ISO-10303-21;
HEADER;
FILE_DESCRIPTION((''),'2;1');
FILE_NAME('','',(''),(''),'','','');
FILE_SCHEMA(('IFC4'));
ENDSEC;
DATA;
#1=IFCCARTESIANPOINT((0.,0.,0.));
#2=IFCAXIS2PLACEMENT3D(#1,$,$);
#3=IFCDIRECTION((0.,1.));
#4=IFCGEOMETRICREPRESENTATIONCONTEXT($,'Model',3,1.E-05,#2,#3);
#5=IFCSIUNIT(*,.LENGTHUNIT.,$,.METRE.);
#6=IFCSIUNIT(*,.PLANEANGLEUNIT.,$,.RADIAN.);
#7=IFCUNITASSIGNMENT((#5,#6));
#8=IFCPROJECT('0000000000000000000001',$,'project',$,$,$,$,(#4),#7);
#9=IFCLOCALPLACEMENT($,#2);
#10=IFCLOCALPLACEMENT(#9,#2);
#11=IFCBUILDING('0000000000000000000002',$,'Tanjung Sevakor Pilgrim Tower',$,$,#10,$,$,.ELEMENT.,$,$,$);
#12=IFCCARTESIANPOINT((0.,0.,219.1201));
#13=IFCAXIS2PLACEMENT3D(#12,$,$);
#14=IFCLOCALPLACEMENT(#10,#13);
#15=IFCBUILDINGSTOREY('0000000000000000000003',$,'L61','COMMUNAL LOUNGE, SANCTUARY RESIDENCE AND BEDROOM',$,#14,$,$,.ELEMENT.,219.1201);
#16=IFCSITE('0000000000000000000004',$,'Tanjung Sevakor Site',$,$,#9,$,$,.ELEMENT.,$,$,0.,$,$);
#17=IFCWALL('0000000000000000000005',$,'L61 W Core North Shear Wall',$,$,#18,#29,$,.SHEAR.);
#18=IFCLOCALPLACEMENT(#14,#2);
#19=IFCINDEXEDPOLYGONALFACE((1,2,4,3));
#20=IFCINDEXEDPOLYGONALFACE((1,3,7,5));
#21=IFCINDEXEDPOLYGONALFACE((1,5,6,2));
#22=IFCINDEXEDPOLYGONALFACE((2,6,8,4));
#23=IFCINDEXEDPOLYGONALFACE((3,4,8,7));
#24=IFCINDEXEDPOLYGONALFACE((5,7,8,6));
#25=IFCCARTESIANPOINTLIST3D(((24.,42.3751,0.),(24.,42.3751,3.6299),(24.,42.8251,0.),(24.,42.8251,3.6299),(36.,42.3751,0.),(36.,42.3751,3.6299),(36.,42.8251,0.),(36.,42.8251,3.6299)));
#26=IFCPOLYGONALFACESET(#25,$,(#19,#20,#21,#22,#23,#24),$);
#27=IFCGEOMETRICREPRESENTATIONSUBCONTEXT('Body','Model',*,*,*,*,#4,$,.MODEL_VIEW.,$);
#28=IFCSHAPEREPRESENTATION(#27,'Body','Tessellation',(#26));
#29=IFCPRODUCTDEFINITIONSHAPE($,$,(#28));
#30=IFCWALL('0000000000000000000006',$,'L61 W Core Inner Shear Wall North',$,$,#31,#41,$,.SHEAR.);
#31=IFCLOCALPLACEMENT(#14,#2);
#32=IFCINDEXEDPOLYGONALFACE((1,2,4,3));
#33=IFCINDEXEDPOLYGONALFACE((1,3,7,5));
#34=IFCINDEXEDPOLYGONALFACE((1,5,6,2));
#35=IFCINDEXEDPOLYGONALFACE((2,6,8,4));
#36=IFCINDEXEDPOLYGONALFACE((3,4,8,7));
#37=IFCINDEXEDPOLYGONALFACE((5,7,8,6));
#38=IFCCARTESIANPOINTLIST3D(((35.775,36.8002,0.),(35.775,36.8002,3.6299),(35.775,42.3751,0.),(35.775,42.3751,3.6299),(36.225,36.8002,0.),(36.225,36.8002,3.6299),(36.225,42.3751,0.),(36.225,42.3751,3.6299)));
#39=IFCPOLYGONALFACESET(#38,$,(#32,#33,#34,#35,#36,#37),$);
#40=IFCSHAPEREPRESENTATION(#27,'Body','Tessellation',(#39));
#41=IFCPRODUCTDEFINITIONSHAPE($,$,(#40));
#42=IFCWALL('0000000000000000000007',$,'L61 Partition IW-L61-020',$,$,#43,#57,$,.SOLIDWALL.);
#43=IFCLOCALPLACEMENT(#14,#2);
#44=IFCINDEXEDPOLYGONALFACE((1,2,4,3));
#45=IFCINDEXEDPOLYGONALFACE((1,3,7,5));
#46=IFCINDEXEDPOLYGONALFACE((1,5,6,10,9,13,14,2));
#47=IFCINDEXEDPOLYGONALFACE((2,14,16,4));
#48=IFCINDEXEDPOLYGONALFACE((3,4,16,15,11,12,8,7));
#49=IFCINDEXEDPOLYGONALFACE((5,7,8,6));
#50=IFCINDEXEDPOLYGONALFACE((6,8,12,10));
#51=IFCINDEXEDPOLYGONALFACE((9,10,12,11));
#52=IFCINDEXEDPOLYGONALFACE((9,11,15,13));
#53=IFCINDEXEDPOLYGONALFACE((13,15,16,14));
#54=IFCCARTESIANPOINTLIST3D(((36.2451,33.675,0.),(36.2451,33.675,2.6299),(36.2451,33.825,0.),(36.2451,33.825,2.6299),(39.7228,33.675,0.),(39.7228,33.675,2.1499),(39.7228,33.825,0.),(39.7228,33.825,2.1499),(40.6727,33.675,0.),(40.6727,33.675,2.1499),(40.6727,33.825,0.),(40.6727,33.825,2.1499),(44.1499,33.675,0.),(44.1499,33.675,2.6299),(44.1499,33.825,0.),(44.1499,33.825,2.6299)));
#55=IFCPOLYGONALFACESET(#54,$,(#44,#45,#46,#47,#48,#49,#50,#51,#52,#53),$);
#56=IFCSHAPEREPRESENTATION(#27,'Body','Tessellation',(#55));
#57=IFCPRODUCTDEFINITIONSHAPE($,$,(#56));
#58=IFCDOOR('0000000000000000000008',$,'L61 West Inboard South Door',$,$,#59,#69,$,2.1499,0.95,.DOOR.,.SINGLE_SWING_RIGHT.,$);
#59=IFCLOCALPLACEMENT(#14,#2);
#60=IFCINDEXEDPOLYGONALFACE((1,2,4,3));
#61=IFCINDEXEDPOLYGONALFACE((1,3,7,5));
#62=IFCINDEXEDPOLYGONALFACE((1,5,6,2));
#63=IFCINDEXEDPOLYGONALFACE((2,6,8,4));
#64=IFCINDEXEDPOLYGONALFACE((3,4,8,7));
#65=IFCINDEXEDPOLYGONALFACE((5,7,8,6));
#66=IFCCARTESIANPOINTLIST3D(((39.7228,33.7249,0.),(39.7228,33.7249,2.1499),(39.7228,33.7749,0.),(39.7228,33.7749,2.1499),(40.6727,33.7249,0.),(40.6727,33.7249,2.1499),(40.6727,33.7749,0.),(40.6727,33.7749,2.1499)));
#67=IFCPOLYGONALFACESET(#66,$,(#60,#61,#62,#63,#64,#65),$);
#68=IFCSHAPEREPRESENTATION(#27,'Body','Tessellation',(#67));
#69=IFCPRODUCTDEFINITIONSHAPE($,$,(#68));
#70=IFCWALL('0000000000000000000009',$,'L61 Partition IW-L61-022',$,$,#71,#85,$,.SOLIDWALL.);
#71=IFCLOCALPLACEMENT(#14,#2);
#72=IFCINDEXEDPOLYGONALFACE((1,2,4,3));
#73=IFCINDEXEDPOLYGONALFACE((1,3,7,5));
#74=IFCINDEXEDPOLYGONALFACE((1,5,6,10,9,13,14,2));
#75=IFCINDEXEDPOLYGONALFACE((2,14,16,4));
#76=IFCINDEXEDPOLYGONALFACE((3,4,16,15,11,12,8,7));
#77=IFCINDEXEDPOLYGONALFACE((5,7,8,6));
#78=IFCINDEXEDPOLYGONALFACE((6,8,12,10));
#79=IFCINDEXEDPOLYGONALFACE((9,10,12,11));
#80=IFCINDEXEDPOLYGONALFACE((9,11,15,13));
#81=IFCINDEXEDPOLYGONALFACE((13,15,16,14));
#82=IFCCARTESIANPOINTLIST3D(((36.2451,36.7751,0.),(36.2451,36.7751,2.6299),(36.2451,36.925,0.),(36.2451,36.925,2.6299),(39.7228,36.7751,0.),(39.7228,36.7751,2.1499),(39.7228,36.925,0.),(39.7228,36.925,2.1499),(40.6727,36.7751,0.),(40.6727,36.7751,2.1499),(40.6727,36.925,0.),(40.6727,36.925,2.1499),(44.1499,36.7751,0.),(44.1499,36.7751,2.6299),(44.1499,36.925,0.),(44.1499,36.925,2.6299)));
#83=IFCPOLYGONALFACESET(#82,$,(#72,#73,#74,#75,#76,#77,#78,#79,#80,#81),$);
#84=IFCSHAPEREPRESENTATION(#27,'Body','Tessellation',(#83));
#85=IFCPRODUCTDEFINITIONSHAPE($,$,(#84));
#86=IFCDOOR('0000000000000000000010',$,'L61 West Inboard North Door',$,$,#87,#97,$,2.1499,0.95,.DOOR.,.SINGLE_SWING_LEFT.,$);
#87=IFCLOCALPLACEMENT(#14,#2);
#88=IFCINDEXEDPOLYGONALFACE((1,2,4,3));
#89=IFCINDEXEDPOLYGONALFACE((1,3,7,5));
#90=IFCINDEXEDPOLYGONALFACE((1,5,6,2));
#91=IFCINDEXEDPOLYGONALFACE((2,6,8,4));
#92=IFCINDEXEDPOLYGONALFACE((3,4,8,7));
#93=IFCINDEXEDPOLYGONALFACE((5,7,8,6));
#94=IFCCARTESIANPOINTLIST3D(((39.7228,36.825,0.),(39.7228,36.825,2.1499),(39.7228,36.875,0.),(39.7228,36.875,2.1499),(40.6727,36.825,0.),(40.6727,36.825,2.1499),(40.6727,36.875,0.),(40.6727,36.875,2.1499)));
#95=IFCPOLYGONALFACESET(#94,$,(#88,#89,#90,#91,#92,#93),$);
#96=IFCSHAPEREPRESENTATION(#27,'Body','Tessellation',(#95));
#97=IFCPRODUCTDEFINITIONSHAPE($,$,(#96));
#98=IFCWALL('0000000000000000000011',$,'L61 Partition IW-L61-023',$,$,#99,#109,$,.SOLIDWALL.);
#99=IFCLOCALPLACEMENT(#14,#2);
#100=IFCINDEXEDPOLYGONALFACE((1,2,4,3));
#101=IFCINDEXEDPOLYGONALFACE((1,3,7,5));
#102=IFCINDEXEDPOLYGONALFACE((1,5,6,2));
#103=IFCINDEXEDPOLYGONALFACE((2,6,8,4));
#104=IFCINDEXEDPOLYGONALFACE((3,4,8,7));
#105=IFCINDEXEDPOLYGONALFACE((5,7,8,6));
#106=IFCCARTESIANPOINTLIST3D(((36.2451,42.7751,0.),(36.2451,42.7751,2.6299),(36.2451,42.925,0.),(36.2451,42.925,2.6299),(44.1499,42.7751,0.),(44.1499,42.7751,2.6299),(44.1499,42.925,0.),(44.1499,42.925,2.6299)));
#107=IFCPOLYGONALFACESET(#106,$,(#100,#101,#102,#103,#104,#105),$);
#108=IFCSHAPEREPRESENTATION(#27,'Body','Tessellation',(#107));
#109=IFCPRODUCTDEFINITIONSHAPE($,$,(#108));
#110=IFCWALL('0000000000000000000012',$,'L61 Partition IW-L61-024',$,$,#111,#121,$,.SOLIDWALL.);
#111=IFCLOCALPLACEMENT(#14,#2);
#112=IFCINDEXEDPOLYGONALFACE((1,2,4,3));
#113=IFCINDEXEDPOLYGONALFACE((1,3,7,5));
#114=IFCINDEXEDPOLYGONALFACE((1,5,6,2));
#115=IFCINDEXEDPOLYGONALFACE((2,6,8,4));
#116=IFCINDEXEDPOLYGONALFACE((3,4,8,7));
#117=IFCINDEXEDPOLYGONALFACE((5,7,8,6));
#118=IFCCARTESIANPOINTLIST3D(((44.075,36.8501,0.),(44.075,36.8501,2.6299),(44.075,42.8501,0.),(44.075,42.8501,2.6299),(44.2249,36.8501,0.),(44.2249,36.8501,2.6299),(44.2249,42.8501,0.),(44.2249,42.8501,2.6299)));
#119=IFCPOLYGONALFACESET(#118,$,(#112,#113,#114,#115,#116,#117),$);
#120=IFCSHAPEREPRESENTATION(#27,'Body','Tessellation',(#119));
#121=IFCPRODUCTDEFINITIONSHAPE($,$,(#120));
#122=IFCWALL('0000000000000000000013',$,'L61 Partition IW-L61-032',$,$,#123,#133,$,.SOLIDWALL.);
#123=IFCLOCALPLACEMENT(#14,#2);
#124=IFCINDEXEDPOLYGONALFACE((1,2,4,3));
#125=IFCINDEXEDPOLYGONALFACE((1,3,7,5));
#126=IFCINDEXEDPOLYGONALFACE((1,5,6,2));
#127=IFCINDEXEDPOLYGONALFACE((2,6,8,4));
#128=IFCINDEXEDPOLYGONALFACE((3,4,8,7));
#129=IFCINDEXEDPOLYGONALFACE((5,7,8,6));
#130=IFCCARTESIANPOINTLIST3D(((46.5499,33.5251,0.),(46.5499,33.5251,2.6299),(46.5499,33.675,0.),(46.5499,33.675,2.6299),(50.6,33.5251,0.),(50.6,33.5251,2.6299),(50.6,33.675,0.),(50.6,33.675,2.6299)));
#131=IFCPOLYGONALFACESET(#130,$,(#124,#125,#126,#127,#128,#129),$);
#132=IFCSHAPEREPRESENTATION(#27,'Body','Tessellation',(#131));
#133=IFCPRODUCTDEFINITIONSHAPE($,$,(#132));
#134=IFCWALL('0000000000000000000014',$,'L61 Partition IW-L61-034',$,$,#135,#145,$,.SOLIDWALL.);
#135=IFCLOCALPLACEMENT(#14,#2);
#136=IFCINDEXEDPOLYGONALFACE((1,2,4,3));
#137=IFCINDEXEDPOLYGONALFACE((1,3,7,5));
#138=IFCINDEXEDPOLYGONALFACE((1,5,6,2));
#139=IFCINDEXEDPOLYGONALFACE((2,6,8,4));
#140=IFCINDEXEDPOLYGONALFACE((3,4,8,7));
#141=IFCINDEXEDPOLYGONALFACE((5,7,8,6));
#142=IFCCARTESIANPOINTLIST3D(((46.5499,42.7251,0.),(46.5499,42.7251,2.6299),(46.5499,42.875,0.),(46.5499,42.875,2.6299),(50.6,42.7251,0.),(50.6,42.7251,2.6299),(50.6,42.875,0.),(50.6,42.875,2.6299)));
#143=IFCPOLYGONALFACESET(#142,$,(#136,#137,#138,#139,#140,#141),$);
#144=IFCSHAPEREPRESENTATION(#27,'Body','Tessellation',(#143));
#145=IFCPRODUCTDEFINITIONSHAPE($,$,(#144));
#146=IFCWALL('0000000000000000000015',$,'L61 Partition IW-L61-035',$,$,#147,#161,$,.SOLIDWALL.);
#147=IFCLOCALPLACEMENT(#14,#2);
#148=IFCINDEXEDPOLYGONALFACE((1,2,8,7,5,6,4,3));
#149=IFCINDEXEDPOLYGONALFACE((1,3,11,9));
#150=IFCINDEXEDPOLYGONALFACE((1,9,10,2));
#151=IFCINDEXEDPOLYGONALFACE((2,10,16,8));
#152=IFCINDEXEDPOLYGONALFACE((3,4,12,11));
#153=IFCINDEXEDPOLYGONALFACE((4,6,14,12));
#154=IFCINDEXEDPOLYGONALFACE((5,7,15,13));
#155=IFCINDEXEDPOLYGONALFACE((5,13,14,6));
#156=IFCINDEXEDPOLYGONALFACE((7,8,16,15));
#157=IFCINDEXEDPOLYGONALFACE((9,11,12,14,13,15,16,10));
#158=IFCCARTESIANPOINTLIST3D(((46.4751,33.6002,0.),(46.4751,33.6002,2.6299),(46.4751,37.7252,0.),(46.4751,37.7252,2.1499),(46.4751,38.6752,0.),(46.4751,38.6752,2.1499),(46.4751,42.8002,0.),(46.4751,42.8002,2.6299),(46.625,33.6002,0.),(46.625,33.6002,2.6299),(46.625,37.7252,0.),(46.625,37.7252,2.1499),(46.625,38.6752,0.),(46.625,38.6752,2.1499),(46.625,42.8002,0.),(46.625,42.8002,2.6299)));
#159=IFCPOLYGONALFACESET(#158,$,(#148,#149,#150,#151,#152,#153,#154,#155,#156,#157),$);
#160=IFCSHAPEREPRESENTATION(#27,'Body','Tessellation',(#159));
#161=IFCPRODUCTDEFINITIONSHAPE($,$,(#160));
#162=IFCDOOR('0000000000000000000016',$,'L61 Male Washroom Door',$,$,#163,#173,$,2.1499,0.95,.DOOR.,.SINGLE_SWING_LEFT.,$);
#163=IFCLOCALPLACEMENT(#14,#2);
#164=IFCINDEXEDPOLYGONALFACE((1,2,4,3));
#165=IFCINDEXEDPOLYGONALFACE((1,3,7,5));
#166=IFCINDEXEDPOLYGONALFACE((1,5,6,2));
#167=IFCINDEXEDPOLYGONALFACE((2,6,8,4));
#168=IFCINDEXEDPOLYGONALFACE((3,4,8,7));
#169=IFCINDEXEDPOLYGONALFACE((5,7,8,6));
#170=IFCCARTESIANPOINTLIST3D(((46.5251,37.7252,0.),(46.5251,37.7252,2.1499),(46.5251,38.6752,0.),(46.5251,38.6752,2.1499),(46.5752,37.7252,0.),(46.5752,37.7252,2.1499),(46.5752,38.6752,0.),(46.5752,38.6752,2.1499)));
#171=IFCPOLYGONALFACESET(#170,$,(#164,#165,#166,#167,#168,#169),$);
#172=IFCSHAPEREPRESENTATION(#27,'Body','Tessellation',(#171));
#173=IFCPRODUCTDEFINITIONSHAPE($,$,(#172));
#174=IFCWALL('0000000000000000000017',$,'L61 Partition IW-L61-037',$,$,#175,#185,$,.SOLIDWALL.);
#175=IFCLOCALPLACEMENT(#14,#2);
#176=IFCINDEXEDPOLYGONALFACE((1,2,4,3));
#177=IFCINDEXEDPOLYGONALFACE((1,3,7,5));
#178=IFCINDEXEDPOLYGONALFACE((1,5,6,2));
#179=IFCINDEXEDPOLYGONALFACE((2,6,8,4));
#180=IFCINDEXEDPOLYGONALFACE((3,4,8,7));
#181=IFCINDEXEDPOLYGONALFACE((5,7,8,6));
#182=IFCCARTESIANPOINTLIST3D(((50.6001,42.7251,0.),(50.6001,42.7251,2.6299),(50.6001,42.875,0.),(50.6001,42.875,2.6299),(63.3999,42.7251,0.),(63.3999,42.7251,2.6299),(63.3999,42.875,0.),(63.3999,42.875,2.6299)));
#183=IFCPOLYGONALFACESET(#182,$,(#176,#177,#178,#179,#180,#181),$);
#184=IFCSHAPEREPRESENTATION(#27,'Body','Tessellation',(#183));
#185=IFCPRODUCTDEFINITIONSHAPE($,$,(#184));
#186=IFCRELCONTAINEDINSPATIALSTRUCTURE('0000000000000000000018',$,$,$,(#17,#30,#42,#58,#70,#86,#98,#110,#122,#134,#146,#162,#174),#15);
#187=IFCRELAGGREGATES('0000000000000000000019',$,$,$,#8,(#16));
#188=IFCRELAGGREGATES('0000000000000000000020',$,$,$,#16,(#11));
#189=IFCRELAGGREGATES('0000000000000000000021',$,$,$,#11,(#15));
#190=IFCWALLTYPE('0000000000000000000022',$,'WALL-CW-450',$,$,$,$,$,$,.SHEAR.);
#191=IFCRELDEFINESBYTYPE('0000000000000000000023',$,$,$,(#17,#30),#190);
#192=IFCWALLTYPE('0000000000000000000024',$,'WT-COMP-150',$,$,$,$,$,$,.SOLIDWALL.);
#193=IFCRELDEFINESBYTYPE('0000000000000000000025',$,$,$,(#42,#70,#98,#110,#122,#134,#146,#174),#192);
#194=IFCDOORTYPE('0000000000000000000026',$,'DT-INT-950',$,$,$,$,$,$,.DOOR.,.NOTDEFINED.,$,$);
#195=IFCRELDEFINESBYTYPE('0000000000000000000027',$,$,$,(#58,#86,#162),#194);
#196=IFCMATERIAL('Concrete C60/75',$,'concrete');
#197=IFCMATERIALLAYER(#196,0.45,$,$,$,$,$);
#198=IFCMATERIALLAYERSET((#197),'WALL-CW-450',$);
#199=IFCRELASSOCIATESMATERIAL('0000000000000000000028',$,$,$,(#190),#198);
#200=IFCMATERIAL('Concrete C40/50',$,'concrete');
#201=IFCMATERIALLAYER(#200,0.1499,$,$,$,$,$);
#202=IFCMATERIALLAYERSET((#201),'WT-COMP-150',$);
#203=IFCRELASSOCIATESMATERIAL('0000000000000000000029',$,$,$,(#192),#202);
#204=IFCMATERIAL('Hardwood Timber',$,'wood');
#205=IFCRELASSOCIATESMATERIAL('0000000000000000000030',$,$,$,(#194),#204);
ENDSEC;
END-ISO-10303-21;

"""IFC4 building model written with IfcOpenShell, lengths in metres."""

from ifc_helpers import new_model, si_unit, direction, frame, frame_2d, origin, place, context, subcontext, project, spatial, rectangle, extrude, material, layer, layer_set, type_object, element, fill, save


model = new_model("IFC4")

# Units and contexts
model_context = context("Model", 3, precision=1e-05, world=origin(), true_north=direction((0.0, 1.0)))
body_context = subcontext(model_context, "Body", "Model", "MODEL_VIEW")
ifc_project = project(units=[si_unit("LENGTHUNIT", "METRE"), si_unit("PLANEANGLEUNIT", "RADIAN")], contexts=[model_context])

# Site, building, storey
site_placement = place(None, origin())
site = spatial("IfcSite", under=ifc_project, at=site_placement, Name="Tanjung Sevakor Site", CompositionType="ELEMENT", RefElevation=0.0)
building_placement = place(site_placement, origin())
building = spatial("IfcBuilding", under=site, at=building_placement, Name="Tanjung Sevakor Pilgrim Tower", CompositionType="ELEMENT")
storey_placement = place(building_placement, frame((0.0, 0.0, 219.1201)))
storey = spatial("IfcBuildingStorey", under=building, at=storey_placement, Name="L61", Description="COMMUNAL LOUNGE, SANCTUARY RESIDENCE AND BEDROOM", CompositionType="ELEMENT", Elevation=219.1201)

# Walls
ifc_material_1 = material(Name="Concrete C60/75", Category="concrete")
ifc_layer_1 = layer(ifc_material_1, 0.45)
ifc_layer_set_1 = layer_set([ifc_layer_1], Name="WALL-CW-450")
wall_type_1 = type_object("IfcWallType", Name="WALL-CW-450", PredefinedType="SHEAR", material=ifc_layer_set_1)
wall_1_placement = place(storey_placement, frame((36.0, 42.6001, 0.0), z_axis=(0.0, 0.0, 1.0), x_axis=(-1.0, 0.0, 0.0)))
element("IfcWall", 1, at=wall_1_placement, inside=storey, type_object=wall_type_1, Name="L61 W Core North Shear Wall", PredefinedType="SHEAR", context=body_context, shape_type="SweptSolid", body=[
    extrude(rectangle(XDim=12.0, YDim=0.45, at=frame_2d((6.0, 0.0))), origin(), (0.0, 0.0, 1.0), 3.6299),
])
wall_2_placement = place(storey_placement, frame((36.0, 36.8, 0.0), z_axis=(0.0, 0.0, 1.0), x_axis=(0.0, 1.0, 0.0)))
element("IfcWall", 2, at=wall_2_placement, inside=storey, type_object=wall_type_1, Name="L61 W Core Inner Shear Wall North", PredefinedType="SHEAR", context=body_context, shape_type="SweptSolid", body=[
    extrude(rectangle(XDim=5.575, YDim=0.45, at=frame_2d((2.7876, 0.0))), origin(), (0.0, 0.0, 1.0), 3.6299),
])

# Walls, openings, doors
ifc_material_2 = material(Name="Concrete C40/50", Category="concrete")
ifc_layer_2 = layer(ifc_material_2, 0.1499)
ifc_layer_set_2 = layer_set([ifc_layer_2], Name="WT-COMP-150")
wall_type_2 = type_object("IfcWallType", Name="WT-COMP-150", PredefinedType="SOLIDWALL", material=ifc_layer_set_2)
wall_3_placement = place(storey_placement, frame((36.2451, 33.75, 0.0), z_axis=(0.0, 0.0, 1.0), x_axis=(1.0, 0.0, 0.0)))
wall_3 = element("IfcWall", 3, at=wall_3_placement, inside=storey, type_object=wall_type_2, Name="L61 Partition IW-L61-020", PredefinedType="SOLIDWALL", context=body_context, shape_type="SweptSolid", body=[
    extrude(rectangle(XDim=7.9048, YDim=0.1499, at=frame_2d((3.9524, 0.0))), origin(), (0.0, 0.0, 1.0), 2.6299),
])
opening_1_placement = place(wall_3_placement, frame((3.4775, 0.0, 0.0)))
opening_1 = element("IfcOpeningElement", 4, at=opening_1_placement, cuts=wall_3, PredefinedType="OPENING", context=body_context, shape_type="SweptSolid", body=[
    extrude(rectangle(XDim=0.95, YDim=2.1499, at=frame_2d((0.4751, 1.075))), frame((0.0, 0.085, 0.0), z_axis=(0.0, -1.0, 0.0), x_axis=(1.0, 0.0, 0.0)), (0.0, 0.0, 1.0), 0.1699),
])
ifc_material_3 = material(Name="Hardwood Timber", Category="wood")
door_type_1 = type_object("IfcDoorType", Name="DT-INT-950", OperationType="NOTDEFINED", PredefinedType="DOOR", material=ifc_material_3)
door_1_placement = place(opening_1_placement, origin())
door_1 = element("IfcDoor", 5, at=door_1_placement, inside=storey, type_object=door_type_1, Name="L61 West Inboard South Door", OperationType="SINGLE_SWING_RIGHT", OverallHeight=2.1499, OverallWidth=0.95, PredefinedType="DOOR", context=body_context, shape_type="SweptSolid", body=[
    extrude(rectangle(XDim=0.95, YDim=2.1499, at=frame_2d((0.4751, 1.075))), frame((0.0, 0.0249, 0.0), z_axis=(0.0, -1.0, 0.0), x_axis=(1.0, 0.0, 0.0)), (0.0, 0.0, 1.0), 0.05),
])
fill(opening_1, door_1)
wall_4_placement = place(storey_placement, frame((36.2451, 36.8501, 0.0), z_axis=(0.0, 0.0, 1.0), x_axis=(1.0, 0.0, 0.0)))
wall_4 = element("IfcWall", 6, at=wall_4_placement, inside=storey, type_object=wall_type_2, Name="L61 Partition IW-L61-022", PredefinedType="SOLIDWALL", context=body_context, shape_type="SweptSolid", body=[
    extrude(rectangle(XDim=7.9048, YDim=0.1499, at=frame_2d((3.9524, 0.0))), origin(), (0.0, 0.0, 1.0), 2.6299),
])
opening_2_placement = place(wall_4_placement, frame((3.4775, 0.0, 0.0)))
opening_2 = element("IfcOpeningElement", 7, at=opening_2_placement, cuts=wall_4, PredefinedType="OPENING", context=body_context, shape_type="SweptSolid", body=[
    extrude(rectangle(XDim=0.95, YDim=2.1499, at=frame_2d((0.4751, 1.075))), frame((0.0, 0.085, 0.0), z_axis=(0.0, -1.0, 0.0), x_axis=(1.0, 0.0, 0.0)), (0.0, 0.0, 1.0), 0.1699),
])
door_2_placement = place(opening_2_placement, origin())
door_2 = element("IfcDoor", 8, at=door_2_placement, inside=storey, type_object=door_type_1, Name="L61 West Inboard North Door", OperationType="SINGLE_SWING_LEFT", OverallHeight=2.1499, OverallWidth=0.95, PredefinedType="DOOR", context=body_context, shape_type="SweptSolid", body=[
    extrude(rectangle(XDim=0.95, YDim=2.1499, at=frame_2d((0.4751, 1.075))), frame((0.0, 0.0249, 0.0), z_axis=(0.0, -1.0, 0.0), x_axis=(1.0, 0.0, 0.0)), (0.0, 0.0, 1.0), 0.05),
])
fill(opening_2, door_2)

# Walls
wall_5_placement = place(storey_placement, frame((36.2451, 42.8501, 0.0), z_axis=(0.0, 0.0, 1.0), x_axis=(1.0, 0.0, 0.0)))
element("IfcWall", 9, at=wall_5_placement, inside=storey, type_object=wall_type_2, Name="L61 Partition IW-L61-023", PredefinedType="SOLIDWALL", context=body_context, shape_type="SweptSolid", body=[
    extrude(rectangle(XDim=7.9048, YDim=0.1499, at=frame_2d((3.9524, 0.0))), origin(), (0.0, 0.0, 1.0), 2.6299),
])
wall_6_placement = place(storey_placement, frame((44.1499, 36.8501, 0.0), z_axis=(0.0, 0.0, 1.0), x_axis=(0.0, 1.0, 0.0)))
element("IfcWall", 10, at=wall_6_placement, inside=storey, type_object=wall_type_2, Name="L61 Partition IW-L61-024", PredefinedType="SOLIDWALL", context=body_context, shape_type="SweptSolid", body=[
    extrude(rectangle(XDim=6.0, YDim=0.1499, at=frame_2d((3.0, 0.0))), origin(), (0.0, 0.0, 1.0), 2.6299),
])
for number, where, z_axis, x_axis, name in (
    (11, (46.55, 33.6001, 0.0), (0.0, 0.0, 1.0), (1.0, 0.0, 0.0), "L61 Partition IW-L61-032"),
    (12, (46.55, 42.8, 0.0), (0.0, 0.0, 1.0), (1.0, 0.0, 0.0), "L61 Partition IW-L61-034"),
):
    element("IfcWall", number, at=place(storey_placement, frame(where, z_axis=z_axis, x_axis=x_axis)), inside=storey, type_object=wall_type_2, Name=name, PredefinedType="SOLIDWALL", context=body_context, shape_type="SweptSolid", body=[
        extrude(rectangle(XDim=4.05, YDim=0.1499, at=frame_2d((2.0249, 0.0))), origin(), (0.0, 0.0, 1.0), 2.6299),
    ])

# Wall, opening, door
wall_7_placement = place(storey_placement, frame((46.55, 33.6001, 0.0), z_axis=(0.0, 0.0, 1.0), x_axis=(0.0, 1.0, 0.0)))
wall_7 = element("IfcWall", 13, at=wall_7_placement, inside=storey, type_object=wall_type_2, Name="L61 Partition IW-L61-035", PredefinedType="SOLIDWALL", context=body_context, shape_type="SweptSolid", body=[
    extrude(rectangle(XDim=9.2, YDim=0.1499, at=frame_2d((4.6001, 0.0))), origin(), (0.0, 0.0, 1.0), 2.6299),
])
opening_3_placement = place(wall_7_placement, frame((4.125, 0.0, 0.0)))
opening_3 = element("IfcOpeningElement", 14, at=opening_3_placement, cuts=wall_7, PredefinedType="OPENING", context=body_context, shape_type="SweptSolid", body=[
    extrude(rectangle(XDim=0.95, YDim=2.1499, at=frame_2d((0.4751, 1.075))), frame((0.0, 0.085, 0.0), z_axis=(0.0, -1.0, 0.0), x_axis=(1.0, 0.0, 0.0)), (0.0, 0.0, 1.0), 0.1699),
])
door_3_placement = place(opening_3_placement, origin())
door_3 = element("IfcDoor", 15, at=door_3_placement, inside=storey, type_object=door_type_1, Name="L61 Male Washroom Door", OperationType="SINGLE_SWING_LEFT", OverallHeight=2.1499, OverallWidth=0.95, PredefinedType="DOOR", context=body_context, shape_type="SweptSolid", body=[
    extrude(rectangle(XDim=0.95, YDim=2.1499, at=frame_2d((0.4751, 1.075))), frame((0.0, 0.0249, 0.0), z_axis=(0.0, -1.0, 0.0), x_axis=(1.0, 0.0, 0.0)), (0.0, 0.0, 1.0), 0.05),
])
fill(opening_3, door_3)

# Wall
wall_8_placement = place(storey_placement, frame((50.6001, 42.8, 0.0), z_axis=(0.0, 0.0, 1.0), x_axis=(1.0, 0.0, 0.0)))
element("IfcWall", 16, at=wall_8_placement, inside=storey, type_object=wall_type_2, Name="L61 Partition IW-L61-037", PredefinedType="SOLIDWALL", context=body_context, shape_type="SweptSolid", body=[
    extrude(rectangle(XDim=12.7998, YDim=0.1499, at=frame_2d((6.3999, 0.0))), origin(), (0.0, 0.0, 1.0), 2.6299),
])

save(model, "model.ifc")
